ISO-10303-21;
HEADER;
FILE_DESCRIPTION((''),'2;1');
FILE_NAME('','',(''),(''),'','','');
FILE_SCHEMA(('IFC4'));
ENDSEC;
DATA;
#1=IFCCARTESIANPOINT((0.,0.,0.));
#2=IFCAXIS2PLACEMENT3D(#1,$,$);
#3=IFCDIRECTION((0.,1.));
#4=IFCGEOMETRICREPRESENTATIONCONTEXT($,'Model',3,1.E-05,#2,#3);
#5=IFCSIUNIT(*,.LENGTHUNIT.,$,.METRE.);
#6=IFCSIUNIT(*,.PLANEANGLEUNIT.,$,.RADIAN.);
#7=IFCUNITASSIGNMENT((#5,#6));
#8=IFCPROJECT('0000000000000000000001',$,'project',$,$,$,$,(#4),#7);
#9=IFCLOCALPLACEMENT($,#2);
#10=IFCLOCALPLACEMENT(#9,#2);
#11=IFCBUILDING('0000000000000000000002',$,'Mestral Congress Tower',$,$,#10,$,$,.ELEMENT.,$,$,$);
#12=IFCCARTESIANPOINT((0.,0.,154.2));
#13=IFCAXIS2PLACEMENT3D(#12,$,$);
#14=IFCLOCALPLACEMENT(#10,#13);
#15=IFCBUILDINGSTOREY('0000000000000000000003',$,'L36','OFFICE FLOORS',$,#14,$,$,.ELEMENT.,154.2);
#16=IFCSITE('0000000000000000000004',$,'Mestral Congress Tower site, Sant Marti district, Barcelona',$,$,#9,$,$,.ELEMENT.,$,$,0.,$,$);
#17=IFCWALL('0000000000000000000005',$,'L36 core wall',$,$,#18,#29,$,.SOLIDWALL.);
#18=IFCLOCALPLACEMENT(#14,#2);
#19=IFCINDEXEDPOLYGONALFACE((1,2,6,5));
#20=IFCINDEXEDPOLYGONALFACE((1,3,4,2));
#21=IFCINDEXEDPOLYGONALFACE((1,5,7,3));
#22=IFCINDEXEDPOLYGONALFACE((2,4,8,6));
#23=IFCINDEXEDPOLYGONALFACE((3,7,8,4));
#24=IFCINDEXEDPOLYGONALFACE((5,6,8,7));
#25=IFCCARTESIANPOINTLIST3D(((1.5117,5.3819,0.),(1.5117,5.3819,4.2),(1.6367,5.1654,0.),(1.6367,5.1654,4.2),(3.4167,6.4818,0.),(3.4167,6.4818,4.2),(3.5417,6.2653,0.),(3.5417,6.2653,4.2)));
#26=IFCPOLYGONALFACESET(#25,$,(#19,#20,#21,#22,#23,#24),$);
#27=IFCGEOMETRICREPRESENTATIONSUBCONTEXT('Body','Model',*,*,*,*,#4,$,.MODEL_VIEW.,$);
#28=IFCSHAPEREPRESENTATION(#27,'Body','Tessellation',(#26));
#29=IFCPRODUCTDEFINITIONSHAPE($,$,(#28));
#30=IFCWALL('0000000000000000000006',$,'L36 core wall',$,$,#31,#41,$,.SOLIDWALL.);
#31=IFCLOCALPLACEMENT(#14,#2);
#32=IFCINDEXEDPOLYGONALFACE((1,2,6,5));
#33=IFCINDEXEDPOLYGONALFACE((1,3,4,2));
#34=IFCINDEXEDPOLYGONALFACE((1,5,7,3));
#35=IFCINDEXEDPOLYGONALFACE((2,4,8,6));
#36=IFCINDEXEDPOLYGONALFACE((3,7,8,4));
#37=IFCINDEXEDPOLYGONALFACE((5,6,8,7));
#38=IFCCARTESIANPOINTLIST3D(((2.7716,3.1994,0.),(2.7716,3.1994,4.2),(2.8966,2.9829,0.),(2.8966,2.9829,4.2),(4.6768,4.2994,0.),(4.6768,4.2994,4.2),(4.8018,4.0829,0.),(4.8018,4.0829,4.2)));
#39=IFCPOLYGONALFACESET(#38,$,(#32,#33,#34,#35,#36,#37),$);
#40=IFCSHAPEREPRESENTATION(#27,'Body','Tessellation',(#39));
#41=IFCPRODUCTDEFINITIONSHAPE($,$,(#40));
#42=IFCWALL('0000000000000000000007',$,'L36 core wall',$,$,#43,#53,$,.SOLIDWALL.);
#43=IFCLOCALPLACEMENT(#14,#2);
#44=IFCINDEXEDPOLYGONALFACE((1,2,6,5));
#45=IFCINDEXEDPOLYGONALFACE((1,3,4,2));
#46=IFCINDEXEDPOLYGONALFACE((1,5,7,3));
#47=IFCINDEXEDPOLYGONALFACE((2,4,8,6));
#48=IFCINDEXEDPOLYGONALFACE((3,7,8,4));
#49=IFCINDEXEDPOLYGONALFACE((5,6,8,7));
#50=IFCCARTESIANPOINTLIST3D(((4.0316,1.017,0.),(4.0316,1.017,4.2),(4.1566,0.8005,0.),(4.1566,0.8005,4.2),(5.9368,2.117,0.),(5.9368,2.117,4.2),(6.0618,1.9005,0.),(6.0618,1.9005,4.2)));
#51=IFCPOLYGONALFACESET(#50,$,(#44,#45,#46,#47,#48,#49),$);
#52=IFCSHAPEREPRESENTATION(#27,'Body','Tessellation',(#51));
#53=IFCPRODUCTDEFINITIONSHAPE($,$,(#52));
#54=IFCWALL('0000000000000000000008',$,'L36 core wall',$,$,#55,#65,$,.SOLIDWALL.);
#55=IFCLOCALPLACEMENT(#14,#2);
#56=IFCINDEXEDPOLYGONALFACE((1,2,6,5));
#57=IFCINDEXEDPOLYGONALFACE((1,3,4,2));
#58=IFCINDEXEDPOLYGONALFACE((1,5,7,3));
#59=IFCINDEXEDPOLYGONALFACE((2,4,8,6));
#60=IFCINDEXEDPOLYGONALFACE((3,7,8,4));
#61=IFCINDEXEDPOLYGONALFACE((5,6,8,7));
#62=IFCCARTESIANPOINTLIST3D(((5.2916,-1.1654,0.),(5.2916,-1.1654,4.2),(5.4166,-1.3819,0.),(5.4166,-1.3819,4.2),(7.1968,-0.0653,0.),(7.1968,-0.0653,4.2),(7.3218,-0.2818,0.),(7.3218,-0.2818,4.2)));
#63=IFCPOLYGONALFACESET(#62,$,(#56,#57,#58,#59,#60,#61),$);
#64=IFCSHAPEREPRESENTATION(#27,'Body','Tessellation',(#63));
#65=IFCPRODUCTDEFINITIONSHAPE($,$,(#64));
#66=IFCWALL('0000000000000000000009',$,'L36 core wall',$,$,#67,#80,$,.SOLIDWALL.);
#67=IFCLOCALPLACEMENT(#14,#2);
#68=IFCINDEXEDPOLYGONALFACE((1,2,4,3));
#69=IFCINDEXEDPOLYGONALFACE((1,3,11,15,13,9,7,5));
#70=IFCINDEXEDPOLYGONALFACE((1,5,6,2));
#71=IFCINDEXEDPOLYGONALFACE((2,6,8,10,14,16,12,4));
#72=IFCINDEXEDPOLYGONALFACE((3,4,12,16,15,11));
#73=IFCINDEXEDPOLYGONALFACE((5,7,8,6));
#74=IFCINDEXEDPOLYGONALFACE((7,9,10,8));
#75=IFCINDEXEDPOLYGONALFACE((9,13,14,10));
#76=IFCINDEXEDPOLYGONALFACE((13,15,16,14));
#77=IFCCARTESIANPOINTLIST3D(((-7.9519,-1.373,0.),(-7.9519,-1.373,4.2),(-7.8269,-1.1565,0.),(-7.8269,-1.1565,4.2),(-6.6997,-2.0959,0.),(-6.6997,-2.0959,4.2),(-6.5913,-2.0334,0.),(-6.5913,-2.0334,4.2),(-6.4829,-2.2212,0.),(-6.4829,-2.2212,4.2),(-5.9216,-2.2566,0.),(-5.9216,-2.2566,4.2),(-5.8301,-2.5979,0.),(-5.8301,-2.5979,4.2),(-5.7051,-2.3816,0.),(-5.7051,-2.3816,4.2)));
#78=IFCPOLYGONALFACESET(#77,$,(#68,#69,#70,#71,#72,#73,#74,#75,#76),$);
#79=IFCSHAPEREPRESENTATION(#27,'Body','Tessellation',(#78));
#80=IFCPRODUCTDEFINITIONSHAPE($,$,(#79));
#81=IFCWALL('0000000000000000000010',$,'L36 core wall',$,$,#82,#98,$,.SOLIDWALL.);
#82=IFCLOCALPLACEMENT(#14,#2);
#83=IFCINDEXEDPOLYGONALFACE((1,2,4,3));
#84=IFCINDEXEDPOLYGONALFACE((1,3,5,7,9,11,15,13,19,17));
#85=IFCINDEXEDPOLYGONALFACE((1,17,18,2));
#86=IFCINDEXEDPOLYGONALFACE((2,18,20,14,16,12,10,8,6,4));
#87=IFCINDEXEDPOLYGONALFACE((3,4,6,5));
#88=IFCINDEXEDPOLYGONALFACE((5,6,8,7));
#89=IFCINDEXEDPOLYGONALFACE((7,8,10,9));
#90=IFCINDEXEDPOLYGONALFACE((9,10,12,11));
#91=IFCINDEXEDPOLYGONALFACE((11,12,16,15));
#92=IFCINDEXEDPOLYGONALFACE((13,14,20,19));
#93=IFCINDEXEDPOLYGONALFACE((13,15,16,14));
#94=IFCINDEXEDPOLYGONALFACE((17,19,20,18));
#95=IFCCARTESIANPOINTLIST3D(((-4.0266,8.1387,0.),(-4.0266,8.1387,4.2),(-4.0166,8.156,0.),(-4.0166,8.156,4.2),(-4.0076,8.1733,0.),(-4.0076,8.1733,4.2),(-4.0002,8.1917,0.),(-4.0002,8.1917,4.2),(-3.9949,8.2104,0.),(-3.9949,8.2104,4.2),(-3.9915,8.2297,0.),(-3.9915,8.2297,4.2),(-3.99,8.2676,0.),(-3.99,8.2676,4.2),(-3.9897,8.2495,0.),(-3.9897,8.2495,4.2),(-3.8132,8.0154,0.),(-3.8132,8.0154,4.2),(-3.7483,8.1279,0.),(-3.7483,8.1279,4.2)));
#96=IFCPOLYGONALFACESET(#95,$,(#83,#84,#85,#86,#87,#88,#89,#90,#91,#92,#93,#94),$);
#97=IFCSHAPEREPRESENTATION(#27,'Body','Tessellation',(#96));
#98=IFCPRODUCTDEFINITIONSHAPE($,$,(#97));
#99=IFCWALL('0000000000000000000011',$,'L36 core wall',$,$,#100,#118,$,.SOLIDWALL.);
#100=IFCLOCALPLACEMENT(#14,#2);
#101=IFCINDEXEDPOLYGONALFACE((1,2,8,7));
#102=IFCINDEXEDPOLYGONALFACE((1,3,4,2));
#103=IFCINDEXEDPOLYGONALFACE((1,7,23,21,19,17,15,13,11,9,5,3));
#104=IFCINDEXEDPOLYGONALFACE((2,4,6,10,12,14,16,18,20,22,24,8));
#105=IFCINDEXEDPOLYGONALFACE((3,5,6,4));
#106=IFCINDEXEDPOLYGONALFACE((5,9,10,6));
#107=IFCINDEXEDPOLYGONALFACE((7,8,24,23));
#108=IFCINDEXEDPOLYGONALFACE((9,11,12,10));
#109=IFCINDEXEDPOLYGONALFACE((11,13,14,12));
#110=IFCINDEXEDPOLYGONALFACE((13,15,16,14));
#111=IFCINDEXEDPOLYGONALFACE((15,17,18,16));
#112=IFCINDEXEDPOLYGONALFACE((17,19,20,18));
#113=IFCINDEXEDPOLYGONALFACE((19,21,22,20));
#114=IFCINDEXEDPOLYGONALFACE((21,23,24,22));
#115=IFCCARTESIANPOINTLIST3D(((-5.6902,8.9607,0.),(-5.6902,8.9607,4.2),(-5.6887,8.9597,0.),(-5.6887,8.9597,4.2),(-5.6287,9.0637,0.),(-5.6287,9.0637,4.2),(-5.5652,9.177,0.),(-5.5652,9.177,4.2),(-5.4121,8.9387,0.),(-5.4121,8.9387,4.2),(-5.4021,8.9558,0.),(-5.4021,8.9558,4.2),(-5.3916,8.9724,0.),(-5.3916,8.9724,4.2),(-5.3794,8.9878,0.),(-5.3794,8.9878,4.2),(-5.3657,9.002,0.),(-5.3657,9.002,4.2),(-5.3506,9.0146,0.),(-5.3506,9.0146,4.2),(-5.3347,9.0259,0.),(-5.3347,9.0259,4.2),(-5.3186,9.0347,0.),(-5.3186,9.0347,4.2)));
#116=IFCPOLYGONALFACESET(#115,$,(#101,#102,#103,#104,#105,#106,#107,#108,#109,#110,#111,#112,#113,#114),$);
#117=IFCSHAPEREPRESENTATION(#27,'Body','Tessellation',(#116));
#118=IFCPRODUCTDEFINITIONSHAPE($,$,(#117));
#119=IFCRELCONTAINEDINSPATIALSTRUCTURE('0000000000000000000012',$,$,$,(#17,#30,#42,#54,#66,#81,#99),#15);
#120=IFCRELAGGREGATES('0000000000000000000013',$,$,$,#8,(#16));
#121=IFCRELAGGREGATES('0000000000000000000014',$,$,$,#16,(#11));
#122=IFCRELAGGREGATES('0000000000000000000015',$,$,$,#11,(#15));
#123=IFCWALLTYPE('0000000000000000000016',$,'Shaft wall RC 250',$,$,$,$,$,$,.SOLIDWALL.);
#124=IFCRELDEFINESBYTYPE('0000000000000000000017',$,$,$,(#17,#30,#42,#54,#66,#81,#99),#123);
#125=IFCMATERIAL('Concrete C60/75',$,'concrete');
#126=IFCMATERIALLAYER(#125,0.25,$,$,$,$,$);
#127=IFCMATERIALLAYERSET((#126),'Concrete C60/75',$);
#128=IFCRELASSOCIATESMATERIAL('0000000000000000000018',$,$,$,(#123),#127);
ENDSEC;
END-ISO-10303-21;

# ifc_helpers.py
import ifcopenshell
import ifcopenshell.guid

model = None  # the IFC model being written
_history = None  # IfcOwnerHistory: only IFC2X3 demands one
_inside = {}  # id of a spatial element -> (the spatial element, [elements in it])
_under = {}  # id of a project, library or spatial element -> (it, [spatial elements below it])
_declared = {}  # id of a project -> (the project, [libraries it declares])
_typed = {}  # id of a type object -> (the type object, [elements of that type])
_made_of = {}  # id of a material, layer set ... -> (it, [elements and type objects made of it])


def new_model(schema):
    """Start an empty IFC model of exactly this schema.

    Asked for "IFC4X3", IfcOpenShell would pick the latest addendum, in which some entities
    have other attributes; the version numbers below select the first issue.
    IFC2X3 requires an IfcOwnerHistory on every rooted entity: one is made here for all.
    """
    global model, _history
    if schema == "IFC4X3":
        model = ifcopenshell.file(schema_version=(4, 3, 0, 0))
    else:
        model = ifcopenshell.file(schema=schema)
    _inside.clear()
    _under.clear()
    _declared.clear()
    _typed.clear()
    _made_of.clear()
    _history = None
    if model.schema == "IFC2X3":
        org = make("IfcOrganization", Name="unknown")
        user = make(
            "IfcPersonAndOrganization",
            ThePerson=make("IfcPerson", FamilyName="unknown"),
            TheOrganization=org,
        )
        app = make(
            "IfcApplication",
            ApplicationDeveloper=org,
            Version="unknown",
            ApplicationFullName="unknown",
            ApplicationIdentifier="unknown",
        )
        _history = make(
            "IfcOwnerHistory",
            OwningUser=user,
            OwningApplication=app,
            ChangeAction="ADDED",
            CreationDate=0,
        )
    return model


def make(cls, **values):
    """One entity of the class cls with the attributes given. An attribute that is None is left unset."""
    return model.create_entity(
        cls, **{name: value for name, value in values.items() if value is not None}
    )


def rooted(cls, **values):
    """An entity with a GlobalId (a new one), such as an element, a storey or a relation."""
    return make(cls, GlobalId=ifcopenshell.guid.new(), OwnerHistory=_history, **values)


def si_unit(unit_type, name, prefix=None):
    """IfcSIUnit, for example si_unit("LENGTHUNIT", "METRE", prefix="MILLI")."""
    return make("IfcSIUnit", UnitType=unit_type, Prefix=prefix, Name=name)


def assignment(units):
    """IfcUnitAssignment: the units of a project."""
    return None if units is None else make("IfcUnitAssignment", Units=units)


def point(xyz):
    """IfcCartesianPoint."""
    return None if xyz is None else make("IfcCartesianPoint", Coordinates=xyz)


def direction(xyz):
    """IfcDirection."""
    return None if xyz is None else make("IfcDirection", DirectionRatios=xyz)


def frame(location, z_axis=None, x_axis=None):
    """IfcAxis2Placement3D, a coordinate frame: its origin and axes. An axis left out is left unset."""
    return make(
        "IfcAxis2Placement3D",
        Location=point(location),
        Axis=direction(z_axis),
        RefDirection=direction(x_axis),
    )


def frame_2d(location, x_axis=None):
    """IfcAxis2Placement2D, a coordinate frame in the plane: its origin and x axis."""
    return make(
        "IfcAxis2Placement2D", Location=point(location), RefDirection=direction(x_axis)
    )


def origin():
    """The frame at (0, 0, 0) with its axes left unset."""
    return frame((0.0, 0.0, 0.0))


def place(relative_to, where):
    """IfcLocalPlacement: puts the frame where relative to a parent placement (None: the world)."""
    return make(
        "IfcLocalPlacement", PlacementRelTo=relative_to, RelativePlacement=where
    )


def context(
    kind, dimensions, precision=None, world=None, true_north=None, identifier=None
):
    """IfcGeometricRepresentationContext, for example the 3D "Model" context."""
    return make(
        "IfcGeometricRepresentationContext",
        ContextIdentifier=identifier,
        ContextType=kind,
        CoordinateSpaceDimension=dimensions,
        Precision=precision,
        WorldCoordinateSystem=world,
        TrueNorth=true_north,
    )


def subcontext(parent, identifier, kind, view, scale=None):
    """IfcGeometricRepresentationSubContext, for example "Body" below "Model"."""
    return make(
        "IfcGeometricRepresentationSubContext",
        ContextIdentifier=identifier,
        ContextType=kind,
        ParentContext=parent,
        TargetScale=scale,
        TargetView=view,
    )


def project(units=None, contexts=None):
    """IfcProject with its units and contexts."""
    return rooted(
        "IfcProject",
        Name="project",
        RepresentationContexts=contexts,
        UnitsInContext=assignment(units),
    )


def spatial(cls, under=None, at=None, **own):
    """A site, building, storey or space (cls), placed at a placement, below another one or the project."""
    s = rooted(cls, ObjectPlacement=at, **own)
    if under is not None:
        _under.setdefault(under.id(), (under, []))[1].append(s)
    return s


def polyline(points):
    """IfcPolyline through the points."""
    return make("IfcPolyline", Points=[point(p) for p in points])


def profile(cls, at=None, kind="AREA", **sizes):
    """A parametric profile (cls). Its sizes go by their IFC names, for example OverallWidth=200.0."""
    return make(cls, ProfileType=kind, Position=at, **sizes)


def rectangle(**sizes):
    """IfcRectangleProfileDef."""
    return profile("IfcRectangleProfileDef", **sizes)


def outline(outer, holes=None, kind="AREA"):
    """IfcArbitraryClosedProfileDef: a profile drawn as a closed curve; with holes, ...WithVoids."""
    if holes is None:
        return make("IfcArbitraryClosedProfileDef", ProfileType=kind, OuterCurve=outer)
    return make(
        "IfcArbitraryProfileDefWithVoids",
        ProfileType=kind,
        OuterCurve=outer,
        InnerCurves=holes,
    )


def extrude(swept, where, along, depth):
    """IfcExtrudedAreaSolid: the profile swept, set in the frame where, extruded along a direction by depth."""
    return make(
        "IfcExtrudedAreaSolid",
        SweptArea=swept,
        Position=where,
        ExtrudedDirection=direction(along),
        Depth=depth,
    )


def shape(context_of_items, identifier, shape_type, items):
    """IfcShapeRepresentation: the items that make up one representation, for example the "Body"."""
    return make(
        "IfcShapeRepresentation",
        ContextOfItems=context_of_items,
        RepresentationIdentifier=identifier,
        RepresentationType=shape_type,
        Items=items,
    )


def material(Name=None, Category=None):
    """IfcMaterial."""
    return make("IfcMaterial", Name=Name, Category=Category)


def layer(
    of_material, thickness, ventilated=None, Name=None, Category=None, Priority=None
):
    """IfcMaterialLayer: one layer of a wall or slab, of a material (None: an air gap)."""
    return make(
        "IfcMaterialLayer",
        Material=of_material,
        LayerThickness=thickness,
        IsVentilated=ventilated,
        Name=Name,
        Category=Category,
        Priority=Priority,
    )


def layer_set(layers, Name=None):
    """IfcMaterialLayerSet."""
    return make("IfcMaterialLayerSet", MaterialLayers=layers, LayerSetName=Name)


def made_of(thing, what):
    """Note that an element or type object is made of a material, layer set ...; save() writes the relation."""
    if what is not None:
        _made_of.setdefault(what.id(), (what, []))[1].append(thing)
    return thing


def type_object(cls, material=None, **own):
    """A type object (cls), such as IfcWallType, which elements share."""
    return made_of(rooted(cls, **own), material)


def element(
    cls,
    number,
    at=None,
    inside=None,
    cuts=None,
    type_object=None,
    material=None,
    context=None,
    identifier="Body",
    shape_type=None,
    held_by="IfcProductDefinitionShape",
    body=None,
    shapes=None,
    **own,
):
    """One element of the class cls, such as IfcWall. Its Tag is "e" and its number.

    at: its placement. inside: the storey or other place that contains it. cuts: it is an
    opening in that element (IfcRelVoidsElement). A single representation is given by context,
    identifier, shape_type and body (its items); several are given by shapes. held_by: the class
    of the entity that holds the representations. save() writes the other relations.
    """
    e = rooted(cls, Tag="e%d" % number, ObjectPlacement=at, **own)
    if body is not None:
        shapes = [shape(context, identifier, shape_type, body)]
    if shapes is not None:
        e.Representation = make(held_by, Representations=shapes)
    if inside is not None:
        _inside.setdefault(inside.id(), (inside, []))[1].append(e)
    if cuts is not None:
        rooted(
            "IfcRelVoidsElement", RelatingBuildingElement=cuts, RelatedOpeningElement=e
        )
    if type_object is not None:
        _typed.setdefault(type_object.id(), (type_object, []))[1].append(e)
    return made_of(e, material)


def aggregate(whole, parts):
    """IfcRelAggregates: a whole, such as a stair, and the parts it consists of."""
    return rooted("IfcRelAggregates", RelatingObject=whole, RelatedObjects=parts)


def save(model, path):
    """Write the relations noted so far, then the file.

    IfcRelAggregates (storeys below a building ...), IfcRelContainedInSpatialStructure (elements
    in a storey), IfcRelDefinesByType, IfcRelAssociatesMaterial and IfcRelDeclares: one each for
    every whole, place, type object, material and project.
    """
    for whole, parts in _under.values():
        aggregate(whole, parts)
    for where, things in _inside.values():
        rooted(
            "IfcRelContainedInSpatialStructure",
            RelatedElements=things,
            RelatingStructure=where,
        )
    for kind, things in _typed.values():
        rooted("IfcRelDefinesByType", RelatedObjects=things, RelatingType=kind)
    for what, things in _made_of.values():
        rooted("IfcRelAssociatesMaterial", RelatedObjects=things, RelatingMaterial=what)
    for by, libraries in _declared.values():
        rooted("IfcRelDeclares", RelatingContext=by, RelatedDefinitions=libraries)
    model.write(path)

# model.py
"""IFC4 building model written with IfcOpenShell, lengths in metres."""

from ifc_helpers import new_model, si_unit, direction, frame, frame_2d, origin, place, context, subcontext, project, spatial, polyline, rectangle, outline, extrude, material, layer, layer_set, type_object, element, save


model = new_model("IFC4")

# Units and contexts
model_context = context("Model", 3, precision=1e-05, world=origin(), true_north=direction((0.0, 1.0)))
body_context = subcontext(model_context, "Body", "Model", "MODEL_VIEW")
ifc_project = project(units=[si_unit("LENGTHUNIT", "METRE"), si_unit("PLANEANGLEUNIT", "RADIAN")], contexts=[model_context])

# Site, building, storey
site_placement = place(None, origin())
site = spatial("IfcSite", under=ifc_project, at=site_placement, Name="Mestral Congress Tower site, Sant Marti district, Barcelona", CompositionType="ELEMENT", RefElevation=0.0)
building_placement = place(site_placement, origin())
building = spatial("IfcBuilding", under=site, at=building_placement, Name="Mestral Congress Tower", CompositionType="ELEMENT")
storey_placement = place(building_placement, frame((0.0, 0.0, 154.2)))
storey = spatial("IfcBuildingStorey", under=building, at=storey_placement, Name="L36", Description="OFFICE FLOORS", CompositionType="ELEMENT", Elevation=154.2)

# Shared definitions
ifc_material_1 = material(Name="Concrete C60/75", Category="concrete")
placement = place(storey_placement, origin())

# Walls
ifc_layer_1 = layer(ifc_material_1, 0.25)
ifc_layer_set_1 = layer_set([ifc_layer_1], Name="Concrete C60/75")
wall_type_1 = type_object("IfcWallType", Name="Shaft wall RC 250", PredefinedType="SOLIDWALL", material=ifc_layer_set_1)
wall_1_placement = place(storey_placement, frame((1.5742, 5.2737, 0.0), z_axis=(0.0, 0.0, 1.0), x_axis=(0.866028, 0.499995, 0.0)))
element("IfcWall", 1, at=wall_1_placement, inside=storey, type_object=wall_type_1, Name="L36 core wall", PredefinedType="SOLIDWALL", context=body_context, shape_type="SweptSolid", body=[
    extrude(rectangle(XDim=2.1997, YDim=0.25, at=frame_2d((1.0999, 0.0))), origin(), (0.0, 0.0, 1.0), 4.2),
])
for number, where, z_axis, x_axis, name in (
    (2, (2.834, 3.0911, 0.0), (0.0, 0.0, 1.0), (0.866008, 0.50003, 0.0), "L36 core wall"),
    (3, (4.094, 0.9087, 0.0), (0.0, 0.0, 1.0), (0.866008, 0.50003, 0.0), "L36 core wall"),
    (4, (5.354, -1.2737, 0.0), (0.0, 0.0, 1.0), (0.866008, 0.50003, 0.0), "L36 core wall"),
):
    element("IfcWall", number, at=place(storey_placement, frame(where, z_axis=z_axis, x_axis=x_axis)), inside=storey, type_object=wall_type_1, Name=name, PredefinedType="SOLIDWALL", context=body_context, shape_type="SweptSolid", body=[
        extrude(rectangle(XDim=2.2, YDim=0.25, at=frame_2d((1.1001, 0.0))), origin(), (0.0, 0.0, 1.0), 4.2),
    ])
element("IfcWall", 5, at=placement, inside=storey, type_object=wall_type_1, Name="L36 core wall", PredefinedType="SOLIDWALL", context=body_context, shape_type="SweptSolid", body=[
    extrude(outline(polyline([(-5.9216, -2.2566), (-5.9216, -2.2566), (-5.7051, -2.3816), (-5.8301, -2.5979), (-6.4829, -2.2212), (-6.5913, -2.0334), (-6.5913, -2.0334), (-6.6997, -2.0959), (-7.9519, -1.373), (-7.8269, -1.1565), (-5.9216, -2.2566)])), origin(), (0.0, 0.0, 1.0), 4.2),
])
element("IfcWall", 6, at=placement, inside=storey, type_object=wall_type_1, Name="L36 core wall", PredefinedType="SOLIDWALL", context=body_context, shape_type="SweptSolid", body=[
    extrude(outline(polyline([(-3.7483, 8.1279), (-3.8132, 8.0154), (-4.0266, 8.1387), (-4.0166, 8.156), (-4.0076, 8.1733), (-4.0002, 8.1917), (-3.9949, 8.2104), (-3.9915, 8.2297), (-3.9897, 8.2495), (-3.99, 8.2676), (-3.7483, 8.1279)])), origin(), (0.0, 0.0, 1.0), 4.2),
])
element("IfcWall", 7, at=placement, inside=storey, type_object=wall_type_1, Name="L36 core wall", PredefinedType="SOLIDWALL", context=body_context, shape_type="SweptSolid", body=[
    extrude(outline(polyline([(-5.6887, 8.9597), (-5.6902, 8.9607), (-5.5652, 9.177), (-5.3186, 9.0347), (-5.3347, 9.0259), (-5.3506, 9.0146), (-5.3657, 9.002), (-5.3794, 8.9878), (-5.3916, 8.9724), (-5.4021, 8.9558), (-5.4121, 8.9387), (-5.6287, 9.0637), (-5.6287, 9.0637), (-5.6887, 8.9597)])), origin(), (0.0, 0.0, 1.0), 4.2),
])

save(model, "model.ifc")
